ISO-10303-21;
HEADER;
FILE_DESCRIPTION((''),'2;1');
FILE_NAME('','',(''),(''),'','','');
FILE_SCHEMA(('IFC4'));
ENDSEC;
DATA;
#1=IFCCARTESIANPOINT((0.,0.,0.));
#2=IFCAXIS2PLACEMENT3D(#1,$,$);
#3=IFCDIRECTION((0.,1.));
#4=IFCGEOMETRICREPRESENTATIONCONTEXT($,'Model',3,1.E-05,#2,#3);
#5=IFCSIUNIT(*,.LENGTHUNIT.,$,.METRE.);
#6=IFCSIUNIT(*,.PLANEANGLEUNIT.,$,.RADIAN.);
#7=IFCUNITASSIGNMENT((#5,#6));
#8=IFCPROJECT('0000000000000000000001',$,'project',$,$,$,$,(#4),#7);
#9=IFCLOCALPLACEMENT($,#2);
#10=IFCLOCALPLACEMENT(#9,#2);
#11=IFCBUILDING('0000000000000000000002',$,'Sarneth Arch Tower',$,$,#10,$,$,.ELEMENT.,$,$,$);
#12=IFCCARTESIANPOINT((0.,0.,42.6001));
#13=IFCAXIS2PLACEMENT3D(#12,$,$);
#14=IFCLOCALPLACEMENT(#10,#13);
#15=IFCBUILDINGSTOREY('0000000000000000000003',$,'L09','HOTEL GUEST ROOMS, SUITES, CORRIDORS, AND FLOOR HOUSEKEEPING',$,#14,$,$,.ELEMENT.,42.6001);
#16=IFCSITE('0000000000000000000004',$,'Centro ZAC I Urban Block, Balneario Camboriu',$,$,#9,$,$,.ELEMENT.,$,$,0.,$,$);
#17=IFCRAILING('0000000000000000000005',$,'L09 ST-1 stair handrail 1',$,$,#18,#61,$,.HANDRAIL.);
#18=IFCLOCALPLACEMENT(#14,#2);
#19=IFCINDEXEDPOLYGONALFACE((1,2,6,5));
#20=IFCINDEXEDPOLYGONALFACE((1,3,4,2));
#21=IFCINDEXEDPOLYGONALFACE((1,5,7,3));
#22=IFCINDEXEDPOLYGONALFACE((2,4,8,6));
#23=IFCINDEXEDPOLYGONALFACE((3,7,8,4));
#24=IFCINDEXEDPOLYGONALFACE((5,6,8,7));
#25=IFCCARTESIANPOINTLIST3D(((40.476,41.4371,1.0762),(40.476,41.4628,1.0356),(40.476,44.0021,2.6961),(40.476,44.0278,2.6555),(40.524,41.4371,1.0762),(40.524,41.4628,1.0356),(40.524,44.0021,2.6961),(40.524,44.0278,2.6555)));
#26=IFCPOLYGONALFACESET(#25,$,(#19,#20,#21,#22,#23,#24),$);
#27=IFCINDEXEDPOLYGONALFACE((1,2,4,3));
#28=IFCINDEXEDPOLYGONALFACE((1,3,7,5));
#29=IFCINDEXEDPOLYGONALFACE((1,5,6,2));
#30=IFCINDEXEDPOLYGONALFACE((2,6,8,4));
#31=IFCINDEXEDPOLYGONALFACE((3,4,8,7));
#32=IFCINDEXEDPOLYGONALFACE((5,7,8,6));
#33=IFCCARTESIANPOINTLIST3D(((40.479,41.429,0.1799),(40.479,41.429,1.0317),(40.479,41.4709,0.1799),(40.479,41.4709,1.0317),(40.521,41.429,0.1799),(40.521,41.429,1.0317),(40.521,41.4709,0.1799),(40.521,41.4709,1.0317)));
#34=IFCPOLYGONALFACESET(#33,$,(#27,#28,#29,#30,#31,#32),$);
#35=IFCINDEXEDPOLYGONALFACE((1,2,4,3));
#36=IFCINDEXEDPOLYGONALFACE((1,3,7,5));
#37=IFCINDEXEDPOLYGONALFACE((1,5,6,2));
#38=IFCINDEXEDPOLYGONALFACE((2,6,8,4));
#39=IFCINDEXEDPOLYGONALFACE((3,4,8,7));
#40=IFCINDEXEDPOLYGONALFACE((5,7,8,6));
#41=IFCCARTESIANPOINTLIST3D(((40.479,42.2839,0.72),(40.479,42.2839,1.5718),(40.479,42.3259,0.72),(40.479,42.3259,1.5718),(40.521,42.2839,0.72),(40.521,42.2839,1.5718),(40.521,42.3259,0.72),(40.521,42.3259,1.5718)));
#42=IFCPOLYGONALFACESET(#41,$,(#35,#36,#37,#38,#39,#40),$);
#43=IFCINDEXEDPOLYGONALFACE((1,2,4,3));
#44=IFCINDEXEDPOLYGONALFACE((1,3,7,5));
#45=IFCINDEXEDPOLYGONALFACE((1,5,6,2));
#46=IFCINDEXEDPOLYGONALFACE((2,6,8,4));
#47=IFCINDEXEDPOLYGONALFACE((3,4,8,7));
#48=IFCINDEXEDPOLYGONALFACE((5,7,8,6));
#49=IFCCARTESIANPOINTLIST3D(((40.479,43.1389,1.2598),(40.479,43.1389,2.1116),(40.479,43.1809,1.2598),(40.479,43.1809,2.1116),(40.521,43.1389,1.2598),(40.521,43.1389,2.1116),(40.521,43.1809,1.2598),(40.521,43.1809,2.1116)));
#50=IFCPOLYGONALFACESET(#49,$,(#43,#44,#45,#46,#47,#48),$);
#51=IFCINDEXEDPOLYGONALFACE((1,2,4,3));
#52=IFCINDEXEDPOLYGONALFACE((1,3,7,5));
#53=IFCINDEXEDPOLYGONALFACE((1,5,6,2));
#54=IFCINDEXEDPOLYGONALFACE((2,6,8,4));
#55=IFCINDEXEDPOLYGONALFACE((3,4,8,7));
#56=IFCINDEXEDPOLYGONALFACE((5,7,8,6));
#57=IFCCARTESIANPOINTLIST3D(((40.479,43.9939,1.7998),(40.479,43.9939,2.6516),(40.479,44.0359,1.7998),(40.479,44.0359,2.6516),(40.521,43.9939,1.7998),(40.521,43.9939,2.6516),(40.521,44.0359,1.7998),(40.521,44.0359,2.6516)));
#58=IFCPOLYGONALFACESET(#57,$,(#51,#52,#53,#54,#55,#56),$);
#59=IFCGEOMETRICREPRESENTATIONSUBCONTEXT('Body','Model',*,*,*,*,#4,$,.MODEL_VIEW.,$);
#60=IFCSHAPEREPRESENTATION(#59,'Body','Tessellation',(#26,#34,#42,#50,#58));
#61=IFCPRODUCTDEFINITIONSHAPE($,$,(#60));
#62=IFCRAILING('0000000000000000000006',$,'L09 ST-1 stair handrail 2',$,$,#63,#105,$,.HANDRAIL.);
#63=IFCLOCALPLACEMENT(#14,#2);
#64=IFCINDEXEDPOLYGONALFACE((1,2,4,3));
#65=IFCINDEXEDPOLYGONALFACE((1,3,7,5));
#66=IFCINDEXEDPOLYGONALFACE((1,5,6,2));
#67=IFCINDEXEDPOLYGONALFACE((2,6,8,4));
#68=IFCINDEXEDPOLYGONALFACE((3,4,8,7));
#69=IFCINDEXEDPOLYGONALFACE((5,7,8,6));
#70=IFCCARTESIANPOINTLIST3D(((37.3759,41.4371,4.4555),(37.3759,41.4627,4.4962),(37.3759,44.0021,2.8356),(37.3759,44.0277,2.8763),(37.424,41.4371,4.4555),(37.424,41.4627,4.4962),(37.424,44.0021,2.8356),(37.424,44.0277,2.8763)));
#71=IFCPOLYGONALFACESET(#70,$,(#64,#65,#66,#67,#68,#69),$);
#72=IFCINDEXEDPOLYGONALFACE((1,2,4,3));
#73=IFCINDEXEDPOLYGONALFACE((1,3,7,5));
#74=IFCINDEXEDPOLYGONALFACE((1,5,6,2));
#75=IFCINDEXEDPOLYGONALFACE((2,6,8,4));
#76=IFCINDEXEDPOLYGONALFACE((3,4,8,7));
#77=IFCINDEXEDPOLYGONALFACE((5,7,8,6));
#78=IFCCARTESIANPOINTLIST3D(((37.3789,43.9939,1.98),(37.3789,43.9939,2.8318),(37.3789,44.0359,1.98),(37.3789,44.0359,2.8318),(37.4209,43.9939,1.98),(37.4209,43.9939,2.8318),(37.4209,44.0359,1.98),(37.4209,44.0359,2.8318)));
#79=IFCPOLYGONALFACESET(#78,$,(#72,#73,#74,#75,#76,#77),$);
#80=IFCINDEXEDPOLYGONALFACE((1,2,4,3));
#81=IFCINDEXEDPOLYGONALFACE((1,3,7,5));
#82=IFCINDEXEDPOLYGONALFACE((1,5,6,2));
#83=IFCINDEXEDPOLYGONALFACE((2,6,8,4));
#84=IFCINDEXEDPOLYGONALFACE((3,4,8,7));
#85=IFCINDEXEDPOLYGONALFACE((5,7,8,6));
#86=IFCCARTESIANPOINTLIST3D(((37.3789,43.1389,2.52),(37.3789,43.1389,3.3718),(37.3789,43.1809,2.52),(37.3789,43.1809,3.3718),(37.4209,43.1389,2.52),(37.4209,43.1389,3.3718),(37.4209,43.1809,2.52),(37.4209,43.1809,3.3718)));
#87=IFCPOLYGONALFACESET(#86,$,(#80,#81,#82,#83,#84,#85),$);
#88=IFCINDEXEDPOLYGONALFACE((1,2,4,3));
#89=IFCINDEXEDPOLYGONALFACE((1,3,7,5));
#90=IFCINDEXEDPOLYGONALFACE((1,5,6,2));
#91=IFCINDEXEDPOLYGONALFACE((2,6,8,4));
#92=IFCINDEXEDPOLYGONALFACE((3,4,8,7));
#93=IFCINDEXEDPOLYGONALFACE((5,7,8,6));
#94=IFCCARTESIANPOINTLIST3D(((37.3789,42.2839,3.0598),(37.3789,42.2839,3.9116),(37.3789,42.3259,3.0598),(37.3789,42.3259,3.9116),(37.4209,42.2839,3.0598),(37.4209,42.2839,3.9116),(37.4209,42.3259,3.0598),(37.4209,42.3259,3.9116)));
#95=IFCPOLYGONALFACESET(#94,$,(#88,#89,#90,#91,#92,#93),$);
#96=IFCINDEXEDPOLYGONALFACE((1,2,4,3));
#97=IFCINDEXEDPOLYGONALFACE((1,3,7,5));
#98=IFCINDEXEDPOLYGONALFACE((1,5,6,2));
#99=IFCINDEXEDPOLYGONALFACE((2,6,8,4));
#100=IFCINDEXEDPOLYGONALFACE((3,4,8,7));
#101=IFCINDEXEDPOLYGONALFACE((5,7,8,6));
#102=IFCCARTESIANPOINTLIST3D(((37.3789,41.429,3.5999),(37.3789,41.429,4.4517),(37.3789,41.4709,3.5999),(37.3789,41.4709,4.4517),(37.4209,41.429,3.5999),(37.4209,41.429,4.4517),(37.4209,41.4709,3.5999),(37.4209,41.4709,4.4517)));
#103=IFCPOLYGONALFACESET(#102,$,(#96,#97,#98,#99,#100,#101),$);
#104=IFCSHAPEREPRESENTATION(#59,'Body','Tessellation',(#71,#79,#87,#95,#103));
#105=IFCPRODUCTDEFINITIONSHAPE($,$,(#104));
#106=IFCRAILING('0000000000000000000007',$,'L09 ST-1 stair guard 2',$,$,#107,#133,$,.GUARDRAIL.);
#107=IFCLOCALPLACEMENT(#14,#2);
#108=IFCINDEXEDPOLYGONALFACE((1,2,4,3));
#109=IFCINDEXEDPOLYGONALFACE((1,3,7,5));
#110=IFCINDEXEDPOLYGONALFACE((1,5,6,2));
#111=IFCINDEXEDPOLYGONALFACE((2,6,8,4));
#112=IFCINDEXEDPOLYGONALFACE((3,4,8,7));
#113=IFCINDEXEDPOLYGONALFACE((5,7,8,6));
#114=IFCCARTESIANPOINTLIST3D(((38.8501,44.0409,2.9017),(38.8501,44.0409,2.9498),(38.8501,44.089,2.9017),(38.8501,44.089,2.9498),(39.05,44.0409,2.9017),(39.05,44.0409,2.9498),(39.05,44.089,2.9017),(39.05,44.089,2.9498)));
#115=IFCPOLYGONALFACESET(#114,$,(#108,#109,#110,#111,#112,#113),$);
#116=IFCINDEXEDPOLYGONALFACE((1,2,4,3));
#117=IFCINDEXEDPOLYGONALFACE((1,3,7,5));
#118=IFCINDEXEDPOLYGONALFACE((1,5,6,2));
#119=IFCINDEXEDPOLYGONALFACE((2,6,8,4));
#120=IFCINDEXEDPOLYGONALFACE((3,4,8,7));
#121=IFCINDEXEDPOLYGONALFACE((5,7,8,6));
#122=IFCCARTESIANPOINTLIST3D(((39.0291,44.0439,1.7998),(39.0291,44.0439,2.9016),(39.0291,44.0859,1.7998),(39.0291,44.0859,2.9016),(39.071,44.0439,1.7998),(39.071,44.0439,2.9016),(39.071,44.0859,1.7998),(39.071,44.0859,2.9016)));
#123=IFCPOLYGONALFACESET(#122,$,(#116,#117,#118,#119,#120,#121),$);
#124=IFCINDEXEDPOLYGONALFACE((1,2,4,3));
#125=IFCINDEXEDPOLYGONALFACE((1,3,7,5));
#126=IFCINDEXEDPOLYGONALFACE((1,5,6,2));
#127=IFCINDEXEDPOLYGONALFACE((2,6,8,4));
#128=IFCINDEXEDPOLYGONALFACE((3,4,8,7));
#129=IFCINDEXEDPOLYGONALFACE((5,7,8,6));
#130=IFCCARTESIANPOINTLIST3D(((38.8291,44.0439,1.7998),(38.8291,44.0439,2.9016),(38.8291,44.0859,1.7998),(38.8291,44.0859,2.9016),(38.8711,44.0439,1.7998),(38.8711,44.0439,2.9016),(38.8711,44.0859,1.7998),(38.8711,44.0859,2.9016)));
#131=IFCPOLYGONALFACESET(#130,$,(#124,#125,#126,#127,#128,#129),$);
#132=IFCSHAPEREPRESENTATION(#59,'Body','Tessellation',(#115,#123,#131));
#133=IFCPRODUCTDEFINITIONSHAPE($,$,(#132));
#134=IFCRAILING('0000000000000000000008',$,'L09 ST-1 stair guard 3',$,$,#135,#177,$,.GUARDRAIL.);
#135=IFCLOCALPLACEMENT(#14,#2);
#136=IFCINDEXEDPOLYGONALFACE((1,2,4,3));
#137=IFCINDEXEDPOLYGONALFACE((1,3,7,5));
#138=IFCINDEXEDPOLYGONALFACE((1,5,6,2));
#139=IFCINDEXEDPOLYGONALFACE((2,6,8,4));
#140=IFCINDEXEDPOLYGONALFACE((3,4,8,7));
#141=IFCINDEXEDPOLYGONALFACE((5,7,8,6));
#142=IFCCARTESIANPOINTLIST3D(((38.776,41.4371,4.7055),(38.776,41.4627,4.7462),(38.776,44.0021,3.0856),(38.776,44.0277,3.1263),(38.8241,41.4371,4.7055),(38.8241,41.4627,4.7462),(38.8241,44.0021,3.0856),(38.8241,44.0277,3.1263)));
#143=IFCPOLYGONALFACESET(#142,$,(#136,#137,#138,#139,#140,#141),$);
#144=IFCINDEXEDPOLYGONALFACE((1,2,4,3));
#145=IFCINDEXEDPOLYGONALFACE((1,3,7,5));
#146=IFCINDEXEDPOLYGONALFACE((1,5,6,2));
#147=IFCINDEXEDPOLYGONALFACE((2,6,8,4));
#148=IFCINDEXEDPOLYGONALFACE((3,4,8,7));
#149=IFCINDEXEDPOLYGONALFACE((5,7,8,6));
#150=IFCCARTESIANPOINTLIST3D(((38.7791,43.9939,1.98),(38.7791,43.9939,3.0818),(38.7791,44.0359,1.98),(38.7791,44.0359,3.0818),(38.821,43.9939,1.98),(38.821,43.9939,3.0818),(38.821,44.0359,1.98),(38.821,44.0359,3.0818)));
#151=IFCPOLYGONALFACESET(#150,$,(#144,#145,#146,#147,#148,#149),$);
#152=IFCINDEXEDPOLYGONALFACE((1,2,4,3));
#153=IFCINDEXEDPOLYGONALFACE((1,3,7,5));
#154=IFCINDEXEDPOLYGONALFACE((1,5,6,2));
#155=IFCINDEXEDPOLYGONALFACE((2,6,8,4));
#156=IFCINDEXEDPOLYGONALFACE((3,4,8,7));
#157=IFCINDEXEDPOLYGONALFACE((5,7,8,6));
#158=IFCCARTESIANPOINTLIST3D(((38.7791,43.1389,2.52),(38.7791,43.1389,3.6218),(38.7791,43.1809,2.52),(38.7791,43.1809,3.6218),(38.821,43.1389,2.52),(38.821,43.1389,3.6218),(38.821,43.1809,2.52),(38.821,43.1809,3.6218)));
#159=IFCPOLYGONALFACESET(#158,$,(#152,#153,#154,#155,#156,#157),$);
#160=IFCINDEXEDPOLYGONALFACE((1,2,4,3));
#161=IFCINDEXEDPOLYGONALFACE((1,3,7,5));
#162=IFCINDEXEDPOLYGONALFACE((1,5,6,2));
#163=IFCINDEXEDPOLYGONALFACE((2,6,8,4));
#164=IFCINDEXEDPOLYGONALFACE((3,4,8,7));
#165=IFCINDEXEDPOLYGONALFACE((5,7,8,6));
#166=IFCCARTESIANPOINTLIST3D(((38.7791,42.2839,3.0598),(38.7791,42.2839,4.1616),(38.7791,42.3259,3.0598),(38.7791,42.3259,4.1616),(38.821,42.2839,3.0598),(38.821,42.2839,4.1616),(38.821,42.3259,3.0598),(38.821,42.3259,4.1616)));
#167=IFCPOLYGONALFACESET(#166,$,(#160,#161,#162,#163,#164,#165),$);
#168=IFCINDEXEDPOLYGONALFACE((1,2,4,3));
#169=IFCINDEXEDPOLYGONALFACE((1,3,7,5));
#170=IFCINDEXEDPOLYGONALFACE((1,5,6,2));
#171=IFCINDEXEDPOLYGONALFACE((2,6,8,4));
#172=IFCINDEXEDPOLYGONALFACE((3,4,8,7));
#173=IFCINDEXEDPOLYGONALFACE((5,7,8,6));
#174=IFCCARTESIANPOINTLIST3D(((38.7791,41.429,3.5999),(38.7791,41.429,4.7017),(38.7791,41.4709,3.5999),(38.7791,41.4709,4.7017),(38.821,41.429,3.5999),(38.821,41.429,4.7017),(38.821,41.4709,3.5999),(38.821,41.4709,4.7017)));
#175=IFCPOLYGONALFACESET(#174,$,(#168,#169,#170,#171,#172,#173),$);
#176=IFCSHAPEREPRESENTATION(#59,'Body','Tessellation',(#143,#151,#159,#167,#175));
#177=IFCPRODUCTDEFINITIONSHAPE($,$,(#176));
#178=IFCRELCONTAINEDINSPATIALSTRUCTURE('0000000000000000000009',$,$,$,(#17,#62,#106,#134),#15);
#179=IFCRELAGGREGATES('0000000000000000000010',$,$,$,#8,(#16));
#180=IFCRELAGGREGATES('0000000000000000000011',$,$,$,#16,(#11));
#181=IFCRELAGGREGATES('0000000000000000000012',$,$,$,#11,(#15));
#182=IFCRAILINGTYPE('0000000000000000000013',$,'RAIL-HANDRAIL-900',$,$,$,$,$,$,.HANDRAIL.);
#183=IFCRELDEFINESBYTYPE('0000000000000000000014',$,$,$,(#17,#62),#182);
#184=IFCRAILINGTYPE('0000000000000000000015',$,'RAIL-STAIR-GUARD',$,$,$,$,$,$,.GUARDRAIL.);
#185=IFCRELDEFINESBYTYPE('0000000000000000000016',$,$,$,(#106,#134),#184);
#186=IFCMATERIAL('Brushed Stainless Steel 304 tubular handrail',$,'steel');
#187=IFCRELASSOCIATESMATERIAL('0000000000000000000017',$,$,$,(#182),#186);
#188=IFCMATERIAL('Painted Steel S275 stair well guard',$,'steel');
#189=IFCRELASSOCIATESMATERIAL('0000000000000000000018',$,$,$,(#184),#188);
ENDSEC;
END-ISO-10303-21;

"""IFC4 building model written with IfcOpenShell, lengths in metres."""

from ifc_helpers import new_model, si_unit, direction, frame, origin, origin_2d, place, context, subcontext, project, spatial, rectangle, extrude, material, type_object, element, save


model = new_model("IFC4")

# Units and contexts
model_context = context("Model", 3, precision=1e-05, world=origin(), true_north=direction((0.0, 1.0)))
body_context = subcontext(model_context, "Body", "Model", "MODEL_VIEW")
ifc_project = project(units=[si_unit("LENGTHUNIT", "METRE"), si_unit("PLANEANGLEUNIT", "RADIAN")], contexts=[model_context])

# Site, building, storey
site_placement = place(None, origin())
site = spatial("IfcSite", under=ifc_project, at=site_placement, Name="Centro ZAC I Urban Block, Balneario Camboriu", CompositionType="ELEMENT", RefElevation=0.0)
building_placement = place(site_placement, origin())
building = spatial("IfcBuilding", under=site, at=building_placement, Name="Sarneth Arch Tower", CompositionType="ELEMENT")
storey_placement = place(building_placement, frame((0.0, 0.0, 42.6001)))
storey = spatial("IfcBuildingStorey", under=building, at=storey_placement, Name="L09", Description="HOTEL GUEST ROOMS, SUITES, CORRIDORS, AND FLOOR HOUSEKEEPING", CompositionType="ELEMENT", Elevation=42.6001)

# Railings
ifc_material_1 = material(Name="Brushed Stainless Steel 304 tubular handrail", Category="steel")
railing_type_1 = type_object("IfcRailingType", Name="RAIL-HANDRAIL-900", PredefinedType="HANDRAIL", material=ifc_material_1)
railing_1_placement = place(storey_placement, frame((40.5, 41.45, 0.1799)))
element("IfcRailing", 1, at=railing_1_placement, inside=storey, type_object=railing_type_1, Name="L09 ST-1 stair handrail 1", PredefinedType="HANDRAIL", context=body_context, shape_type="SweptSolid", body=[
    extrude(rectangle(XDim=0.0481, YDim=0.0481, at=origin_2d()), frame((0.0, 0.0, 0.876), z_axis=(0.0, 0.845502, 0.533972), x_axis=(-1.0, 0.0, 0.0)), (0.0, 0.0, 1.0), 3.0337),
    extrude(rectangle(XDim=0.042, YDim=0.042, at=origin_2d()), origin(), (0.0, 0.0, 1.0), 0.8518),
    extrude(rectangle(XDim=0.042, YDim=0.042, at=origin_2d()), frame((0.0, 0.855, 0.54)), (0.0, 0.0, 1.0), 0.8518),
    extrude(rectangle(XDim=0.042, YDim=0.042, at=origin_2d()), frame((0.0, 1.71, 1.0798)), (0.0, 0.0, 1.0), 0.8518),
    extrude(rectangle(XDim=0.042, YDim=0.042, at=origin_2d()), frame((0.0, 2.5649, 1.6199)), (0.0, 0.0, 1.0), 0.8518),
])
railing_2_placement = place(storey_placement, frame((37.3999, 44.0149, 1.98)))
element("IfcRailing", 2, at=railing_2_placement, inside=storey, type_object=railing_type_1, Name="L09 ST-1 stair handrail 2", PredefinedType="HANDRAIL", context=body_context, shape_type="SweptSolid", body=[
    extrude(rectangle(XDim=0.0481, YDim=0.0481, at=origin_2d()), frame((0.0, 0.0, 0.876), z_axis=(0.0, -0.845502, 0.533972), x_axis=(1.0, 0.0, 0.0)), (0.0, 0.0, 1.0), 3.0337),
    extrude(rectangle(XDim=0.042, YDim=0.042, at=origin_2d()), origin(), (0.0, 0.0, 1.0), 0.8518),
    extrude(rectangle(XDim=0.042, YDim=0.042, at=origin_2d()), frame((0.0, -0.855, 0.54)), (0.0, 0.0, 1.0), 0.8518),
    extrude(rectangle(XDim=0.042, YDim=0.042, at=origin_2d()), frame((0.0, -1.71, 1.0798)), (0.0, 0.0, 1.0), 0.8518),
    extrude(rectangle(XDim=0.042, YDim=0.042, at=origin_2d()), frame((0.0, -2.5649, 1.6199)), (0.0, 0.0, 1.0), 0.8518),
])
ifc_material_2 = material(Name="Painted Steel S275 stair well guard", Category="steel")
railing_type_2 = type_object("IfcRailingType", Name="RAIL-STAIR-GUARD", PredefinedType="GUARDRAIL", material=ifc_material_2)
railing_3_placement = place(storey_placement, frame((39.05, 44.0649, 1.7998)))
element("IfcRailing", 3, at=railing_3_placement, inside=storey, type_object=railing_type_2, Name="L09 ST-1 stair guard 2", PredefinedType="GUARDRAIL", context=body_context, shape_type="SweptSolid", body=[
    extrude(rectangle(XDim=0.0481, YDim=0.0481, at=origin_2d()), frame((0.0, 0.0, 1.126), z_axis=(-1.0, 0.0, 0.0), x_axis=(0.0, -1.0, 0.0)), (0.0, 0.0, 1.0), 0.2),
    extrude(rectangle(XDim=0.042, YDim=0.042, at=origin_2d()), origin(), (0.0, 0.0, 1.0), 1.1018),
    extrude(rectangle(XDim=0.042, YDim=0.042, at=origin_2d()), frame((-0.2, 0.0, 0.0)), (0.0, 0.0, 1.0), 1.1018),
])
railing_4_placement = place(storey_placement, frame((38.8, 44.0149, 1.98)))
element("IfcRailing", 4, at=railing_4_placement, inside=storey, type_object=railing_type_2, Name="L09 ST-1 stair guard 3", PredefinedType="GUARDRAIL", context=body_context, shape_type="SweptSolid", body=[
    extrude(rectangle(XDim=0.0481, YDim=0.0481, at=origin_2d()), frame((0.0, 0.0, 1.126), z_axis=(0.0, -0.845502, 0.533972), x_axis=(1.0, 0.0, 0.0)), (0.0, 0.0, 1.0), 3.0337),
    extrude(rectangle(XDim=0.042, YDim=0.042, at=origin_2d()), origin(), (0.0, 0.0, 1.0), 1.1018),
    extrude(rectangle(XDim=0.042, YDim=0.042, at=origin_2d()), frame((0.0, -0.855, 0.54)), (0.0, 0.0, 1.0), 1.1018),
    extrude(rectangle(XDim=0.042, YDim=0.042, at=origin_2d()), frame((0.0, -1.71, 1.0798)), (0.0, 0.0, 1.0), 1.1018),
    extrude(rectangle(XDim=0.042, YDim=0.042, at=origin_2d()), frame((0.0, -2.5649, 1.6199)), (0.0, 0.0, 1.0), 1.1018),
])

save(model, "model.ifc")
